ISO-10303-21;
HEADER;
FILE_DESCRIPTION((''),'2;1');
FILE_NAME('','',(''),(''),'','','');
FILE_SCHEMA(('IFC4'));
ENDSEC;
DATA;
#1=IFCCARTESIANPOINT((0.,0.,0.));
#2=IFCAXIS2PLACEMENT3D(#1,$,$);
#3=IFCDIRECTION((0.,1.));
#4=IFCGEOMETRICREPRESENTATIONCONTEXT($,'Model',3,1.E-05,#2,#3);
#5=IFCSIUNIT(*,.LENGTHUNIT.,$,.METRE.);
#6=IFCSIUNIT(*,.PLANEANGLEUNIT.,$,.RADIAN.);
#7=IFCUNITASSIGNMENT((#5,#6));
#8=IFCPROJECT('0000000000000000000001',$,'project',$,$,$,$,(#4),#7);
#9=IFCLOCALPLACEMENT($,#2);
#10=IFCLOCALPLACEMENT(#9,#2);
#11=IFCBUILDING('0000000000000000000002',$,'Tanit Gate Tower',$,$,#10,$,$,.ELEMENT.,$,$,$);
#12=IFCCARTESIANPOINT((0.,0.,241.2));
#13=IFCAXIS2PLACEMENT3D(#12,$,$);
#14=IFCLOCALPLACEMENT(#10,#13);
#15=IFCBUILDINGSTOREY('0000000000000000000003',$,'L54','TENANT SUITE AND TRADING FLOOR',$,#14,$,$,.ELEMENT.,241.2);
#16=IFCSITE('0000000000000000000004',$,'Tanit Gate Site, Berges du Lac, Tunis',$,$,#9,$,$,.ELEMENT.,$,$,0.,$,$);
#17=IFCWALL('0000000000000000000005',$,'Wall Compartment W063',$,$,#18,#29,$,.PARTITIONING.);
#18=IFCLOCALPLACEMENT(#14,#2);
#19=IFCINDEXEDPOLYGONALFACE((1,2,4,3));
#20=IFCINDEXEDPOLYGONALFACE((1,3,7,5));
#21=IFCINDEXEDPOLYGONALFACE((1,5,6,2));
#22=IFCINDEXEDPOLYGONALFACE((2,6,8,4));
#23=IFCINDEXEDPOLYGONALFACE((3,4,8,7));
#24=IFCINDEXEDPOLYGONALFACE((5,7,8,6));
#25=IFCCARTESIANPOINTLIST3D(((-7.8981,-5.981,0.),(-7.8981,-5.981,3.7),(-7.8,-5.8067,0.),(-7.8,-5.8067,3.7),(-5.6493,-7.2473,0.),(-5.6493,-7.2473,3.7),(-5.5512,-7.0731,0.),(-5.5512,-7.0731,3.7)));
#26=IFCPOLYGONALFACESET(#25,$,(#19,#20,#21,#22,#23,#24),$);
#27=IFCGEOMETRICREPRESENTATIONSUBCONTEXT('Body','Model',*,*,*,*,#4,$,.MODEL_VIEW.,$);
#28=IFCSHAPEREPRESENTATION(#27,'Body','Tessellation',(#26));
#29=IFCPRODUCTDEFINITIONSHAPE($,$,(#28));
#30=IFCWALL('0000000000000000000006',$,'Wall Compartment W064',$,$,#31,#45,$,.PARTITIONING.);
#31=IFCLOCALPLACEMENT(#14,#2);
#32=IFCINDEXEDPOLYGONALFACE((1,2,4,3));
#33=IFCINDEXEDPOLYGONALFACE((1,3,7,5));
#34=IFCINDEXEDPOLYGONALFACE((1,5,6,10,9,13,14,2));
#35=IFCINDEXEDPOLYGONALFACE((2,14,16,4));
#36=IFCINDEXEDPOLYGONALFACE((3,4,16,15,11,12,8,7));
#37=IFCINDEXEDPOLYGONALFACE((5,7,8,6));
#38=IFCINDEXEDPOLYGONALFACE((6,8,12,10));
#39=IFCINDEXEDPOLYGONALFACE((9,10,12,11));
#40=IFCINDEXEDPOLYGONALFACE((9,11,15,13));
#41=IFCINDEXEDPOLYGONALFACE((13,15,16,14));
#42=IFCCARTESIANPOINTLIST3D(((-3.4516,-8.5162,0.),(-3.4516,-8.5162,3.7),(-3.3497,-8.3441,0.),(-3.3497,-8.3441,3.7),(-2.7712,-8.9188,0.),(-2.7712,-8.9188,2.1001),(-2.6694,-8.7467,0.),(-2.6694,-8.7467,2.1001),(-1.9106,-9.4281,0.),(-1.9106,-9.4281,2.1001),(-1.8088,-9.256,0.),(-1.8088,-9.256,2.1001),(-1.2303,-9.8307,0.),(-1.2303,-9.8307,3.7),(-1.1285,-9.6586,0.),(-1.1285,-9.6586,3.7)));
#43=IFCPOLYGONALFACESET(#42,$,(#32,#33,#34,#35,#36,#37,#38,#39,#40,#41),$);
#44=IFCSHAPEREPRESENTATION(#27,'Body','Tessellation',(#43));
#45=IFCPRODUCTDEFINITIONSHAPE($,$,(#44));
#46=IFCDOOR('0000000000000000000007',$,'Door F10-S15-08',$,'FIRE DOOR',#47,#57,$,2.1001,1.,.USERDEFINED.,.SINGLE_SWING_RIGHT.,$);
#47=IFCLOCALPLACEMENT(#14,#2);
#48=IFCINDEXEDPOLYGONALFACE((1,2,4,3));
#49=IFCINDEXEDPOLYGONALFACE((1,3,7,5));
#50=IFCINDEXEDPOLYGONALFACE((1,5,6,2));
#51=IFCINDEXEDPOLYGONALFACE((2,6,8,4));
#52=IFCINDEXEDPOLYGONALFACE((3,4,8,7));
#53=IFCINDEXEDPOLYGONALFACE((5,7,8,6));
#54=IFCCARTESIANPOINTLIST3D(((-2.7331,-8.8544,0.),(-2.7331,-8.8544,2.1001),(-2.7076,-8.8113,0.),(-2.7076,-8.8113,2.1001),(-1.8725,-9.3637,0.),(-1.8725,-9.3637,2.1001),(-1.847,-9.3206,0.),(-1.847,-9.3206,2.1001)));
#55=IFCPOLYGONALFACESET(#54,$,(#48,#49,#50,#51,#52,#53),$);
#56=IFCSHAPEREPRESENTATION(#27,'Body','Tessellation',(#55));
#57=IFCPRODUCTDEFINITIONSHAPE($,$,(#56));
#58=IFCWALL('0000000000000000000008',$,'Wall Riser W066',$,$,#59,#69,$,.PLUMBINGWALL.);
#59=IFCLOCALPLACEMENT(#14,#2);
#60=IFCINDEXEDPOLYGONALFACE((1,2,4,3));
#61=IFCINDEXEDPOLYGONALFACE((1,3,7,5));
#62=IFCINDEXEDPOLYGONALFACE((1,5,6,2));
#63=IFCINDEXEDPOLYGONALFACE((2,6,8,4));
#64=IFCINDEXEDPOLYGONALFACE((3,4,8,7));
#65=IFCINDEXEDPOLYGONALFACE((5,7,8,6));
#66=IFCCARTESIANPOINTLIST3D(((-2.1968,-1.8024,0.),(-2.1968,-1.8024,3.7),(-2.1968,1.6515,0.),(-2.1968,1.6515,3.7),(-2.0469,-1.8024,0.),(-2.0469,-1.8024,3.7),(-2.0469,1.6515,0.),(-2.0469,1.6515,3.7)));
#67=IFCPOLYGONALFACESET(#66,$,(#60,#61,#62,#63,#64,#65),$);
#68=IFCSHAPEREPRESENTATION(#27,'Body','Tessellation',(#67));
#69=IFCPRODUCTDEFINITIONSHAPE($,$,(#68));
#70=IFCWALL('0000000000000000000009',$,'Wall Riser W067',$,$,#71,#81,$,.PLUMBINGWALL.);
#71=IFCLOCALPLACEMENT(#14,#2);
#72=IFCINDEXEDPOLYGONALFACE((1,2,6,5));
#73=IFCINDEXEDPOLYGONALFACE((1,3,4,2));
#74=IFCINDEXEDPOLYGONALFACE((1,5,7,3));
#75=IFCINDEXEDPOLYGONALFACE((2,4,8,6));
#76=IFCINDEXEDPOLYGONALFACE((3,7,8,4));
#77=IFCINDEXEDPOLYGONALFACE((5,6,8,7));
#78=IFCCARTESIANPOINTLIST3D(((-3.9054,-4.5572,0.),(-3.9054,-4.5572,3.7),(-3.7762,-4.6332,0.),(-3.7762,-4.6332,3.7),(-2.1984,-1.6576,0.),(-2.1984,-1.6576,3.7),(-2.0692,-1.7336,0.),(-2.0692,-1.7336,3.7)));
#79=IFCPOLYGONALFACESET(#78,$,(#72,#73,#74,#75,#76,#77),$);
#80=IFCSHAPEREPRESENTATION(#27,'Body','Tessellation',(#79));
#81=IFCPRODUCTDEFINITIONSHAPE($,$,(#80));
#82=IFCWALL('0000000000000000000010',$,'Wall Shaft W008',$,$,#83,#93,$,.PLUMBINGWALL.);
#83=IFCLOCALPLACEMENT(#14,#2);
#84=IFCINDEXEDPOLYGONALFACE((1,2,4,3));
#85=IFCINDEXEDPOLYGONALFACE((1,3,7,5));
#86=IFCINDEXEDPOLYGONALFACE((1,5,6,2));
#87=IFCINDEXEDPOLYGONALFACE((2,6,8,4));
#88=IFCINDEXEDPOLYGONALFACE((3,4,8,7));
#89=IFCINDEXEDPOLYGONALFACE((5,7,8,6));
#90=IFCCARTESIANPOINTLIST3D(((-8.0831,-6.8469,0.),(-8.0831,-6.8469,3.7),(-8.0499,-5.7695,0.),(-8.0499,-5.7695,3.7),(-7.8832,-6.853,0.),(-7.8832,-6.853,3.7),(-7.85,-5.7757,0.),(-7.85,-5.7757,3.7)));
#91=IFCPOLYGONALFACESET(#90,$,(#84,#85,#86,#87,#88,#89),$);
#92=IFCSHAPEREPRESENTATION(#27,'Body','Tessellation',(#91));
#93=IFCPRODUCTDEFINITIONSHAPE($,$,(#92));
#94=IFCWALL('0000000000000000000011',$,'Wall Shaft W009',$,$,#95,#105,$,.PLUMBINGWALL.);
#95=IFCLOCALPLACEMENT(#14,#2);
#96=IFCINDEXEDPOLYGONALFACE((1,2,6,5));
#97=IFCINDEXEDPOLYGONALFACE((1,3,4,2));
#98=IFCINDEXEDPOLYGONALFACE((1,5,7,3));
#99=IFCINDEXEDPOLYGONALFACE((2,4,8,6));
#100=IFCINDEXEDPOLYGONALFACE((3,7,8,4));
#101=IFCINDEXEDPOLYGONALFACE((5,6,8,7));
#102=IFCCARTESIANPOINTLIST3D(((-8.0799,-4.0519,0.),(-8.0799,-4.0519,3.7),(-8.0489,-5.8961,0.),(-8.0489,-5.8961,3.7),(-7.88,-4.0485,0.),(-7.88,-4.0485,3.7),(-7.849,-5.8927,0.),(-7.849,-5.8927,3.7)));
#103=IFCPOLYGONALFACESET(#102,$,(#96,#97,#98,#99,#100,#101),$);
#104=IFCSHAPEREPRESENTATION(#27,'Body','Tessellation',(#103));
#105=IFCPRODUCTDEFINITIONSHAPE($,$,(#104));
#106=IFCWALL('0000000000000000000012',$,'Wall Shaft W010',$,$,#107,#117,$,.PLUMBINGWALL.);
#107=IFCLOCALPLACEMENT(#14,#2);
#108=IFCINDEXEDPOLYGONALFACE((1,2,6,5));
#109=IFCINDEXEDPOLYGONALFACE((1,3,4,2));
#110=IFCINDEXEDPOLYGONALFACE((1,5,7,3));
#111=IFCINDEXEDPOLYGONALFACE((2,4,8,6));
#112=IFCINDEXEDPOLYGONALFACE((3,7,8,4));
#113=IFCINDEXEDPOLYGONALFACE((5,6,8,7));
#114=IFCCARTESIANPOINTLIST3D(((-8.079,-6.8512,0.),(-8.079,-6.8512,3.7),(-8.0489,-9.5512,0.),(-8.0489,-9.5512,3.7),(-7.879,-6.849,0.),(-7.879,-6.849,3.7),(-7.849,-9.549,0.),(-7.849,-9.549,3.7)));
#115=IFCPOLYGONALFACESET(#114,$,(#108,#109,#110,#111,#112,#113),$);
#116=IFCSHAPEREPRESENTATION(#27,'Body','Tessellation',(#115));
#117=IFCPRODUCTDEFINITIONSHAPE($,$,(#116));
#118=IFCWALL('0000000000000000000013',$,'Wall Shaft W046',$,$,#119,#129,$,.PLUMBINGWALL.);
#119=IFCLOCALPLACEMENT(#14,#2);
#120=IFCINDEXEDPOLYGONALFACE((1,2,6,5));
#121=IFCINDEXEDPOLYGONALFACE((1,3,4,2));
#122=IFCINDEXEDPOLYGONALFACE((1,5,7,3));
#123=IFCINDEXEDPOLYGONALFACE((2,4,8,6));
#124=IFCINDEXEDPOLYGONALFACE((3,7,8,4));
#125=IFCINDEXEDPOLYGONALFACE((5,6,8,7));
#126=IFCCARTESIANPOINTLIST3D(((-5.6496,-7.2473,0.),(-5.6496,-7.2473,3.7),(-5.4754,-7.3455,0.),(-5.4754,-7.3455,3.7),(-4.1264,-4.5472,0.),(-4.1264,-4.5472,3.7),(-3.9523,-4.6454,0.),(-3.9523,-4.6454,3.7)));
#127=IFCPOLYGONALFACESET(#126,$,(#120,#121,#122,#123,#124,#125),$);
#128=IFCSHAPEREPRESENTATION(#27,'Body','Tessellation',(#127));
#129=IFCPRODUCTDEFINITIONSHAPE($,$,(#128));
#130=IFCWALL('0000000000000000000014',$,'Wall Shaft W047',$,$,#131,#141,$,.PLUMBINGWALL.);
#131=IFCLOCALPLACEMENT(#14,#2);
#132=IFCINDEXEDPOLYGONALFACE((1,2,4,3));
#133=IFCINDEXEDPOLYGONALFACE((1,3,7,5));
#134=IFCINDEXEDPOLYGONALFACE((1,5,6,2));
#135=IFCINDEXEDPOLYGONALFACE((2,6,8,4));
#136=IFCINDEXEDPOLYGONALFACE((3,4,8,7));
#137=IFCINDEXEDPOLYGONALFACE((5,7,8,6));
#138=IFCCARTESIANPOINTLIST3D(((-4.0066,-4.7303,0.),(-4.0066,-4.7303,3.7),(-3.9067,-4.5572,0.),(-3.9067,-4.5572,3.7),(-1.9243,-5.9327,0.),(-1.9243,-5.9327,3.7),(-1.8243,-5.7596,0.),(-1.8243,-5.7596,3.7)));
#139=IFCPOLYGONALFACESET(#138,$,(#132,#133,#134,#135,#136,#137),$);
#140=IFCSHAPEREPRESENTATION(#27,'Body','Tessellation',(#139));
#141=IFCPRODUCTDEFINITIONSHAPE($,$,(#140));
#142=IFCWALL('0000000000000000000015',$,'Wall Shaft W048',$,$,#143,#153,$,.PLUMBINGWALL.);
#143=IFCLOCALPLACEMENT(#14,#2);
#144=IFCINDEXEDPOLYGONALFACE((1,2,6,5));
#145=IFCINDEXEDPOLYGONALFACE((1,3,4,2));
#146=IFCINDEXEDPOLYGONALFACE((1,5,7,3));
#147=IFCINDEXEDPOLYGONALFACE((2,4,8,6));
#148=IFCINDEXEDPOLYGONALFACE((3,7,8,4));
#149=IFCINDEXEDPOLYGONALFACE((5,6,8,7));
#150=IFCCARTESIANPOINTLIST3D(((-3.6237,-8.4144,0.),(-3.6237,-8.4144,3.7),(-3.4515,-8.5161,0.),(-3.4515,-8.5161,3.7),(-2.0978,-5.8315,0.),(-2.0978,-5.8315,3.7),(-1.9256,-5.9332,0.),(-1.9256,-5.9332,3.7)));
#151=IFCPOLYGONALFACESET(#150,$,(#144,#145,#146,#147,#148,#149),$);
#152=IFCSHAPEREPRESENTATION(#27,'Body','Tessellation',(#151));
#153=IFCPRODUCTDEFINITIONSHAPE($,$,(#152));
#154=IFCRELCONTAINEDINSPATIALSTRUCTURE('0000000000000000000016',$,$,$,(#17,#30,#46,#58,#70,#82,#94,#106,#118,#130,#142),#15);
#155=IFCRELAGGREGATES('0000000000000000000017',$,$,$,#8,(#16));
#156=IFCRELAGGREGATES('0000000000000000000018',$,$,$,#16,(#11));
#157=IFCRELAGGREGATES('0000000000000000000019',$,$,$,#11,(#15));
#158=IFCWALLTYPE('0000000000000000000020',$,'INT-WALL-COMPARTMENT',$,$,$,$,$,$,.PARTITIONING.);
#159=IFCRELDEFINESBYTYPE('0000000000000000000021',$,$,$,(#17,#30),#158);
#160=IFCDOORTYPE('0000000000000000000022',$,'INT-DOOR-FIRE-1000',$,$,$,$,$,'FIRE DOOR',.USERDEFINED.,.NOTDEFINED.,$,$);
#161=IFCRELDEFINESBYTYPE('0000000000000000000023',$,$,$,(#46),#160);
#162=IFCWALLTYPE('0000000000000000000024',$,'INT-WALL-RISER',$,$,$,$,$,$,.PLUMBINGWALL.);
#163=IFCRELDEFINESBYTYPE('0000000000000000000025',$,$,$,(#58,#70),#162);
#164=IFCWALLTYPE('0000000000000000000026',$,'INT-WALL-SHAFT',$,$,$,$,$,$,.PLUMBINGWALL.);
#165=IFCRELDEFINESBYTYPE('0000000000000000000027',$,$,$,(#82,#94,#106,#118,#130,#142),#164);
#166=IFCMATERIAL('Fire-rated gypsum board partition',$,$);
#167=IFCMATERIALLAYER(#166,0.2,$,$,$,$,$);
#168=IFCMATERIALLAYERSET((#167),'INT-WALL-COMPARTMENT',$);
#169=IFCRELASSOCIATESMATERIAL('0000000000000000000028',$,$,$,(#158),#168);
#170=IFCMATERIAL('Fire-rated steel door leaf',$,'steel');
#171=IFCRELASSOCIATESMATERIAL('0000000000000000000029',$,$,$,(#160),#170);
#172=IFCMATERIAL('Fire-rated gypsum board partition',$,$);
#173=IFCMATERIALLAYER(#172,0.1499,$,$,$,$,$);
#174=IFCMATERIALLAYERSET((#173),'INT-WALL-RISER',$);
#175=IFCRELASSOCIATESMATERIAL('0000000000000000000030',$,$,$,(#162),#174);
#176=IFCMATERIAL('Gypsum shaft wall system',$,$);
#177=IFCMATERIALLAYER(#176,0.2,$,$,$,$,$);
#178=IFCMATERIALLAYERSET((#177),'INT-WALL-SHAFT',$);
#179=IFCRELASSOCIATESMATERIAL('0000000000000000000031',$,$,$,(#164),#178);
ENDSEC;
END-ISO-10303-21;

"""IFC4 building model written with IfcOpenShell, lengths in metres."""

from ifc_helpers import new_model, si_unit, direction, frame, frame_2d, origin, place, context, subcontext, project, spatial, rectangle, extrude, material, layer, layer_set, type_object, element, fill, save


model = new_model("IFC4")

# Units and contexts
model_context = context("Model", 3, precision=1e-05, world=origin(), true_north=direction((0.0, 1.0)))
body_context = subcontext(model_context, "Body", "Model", "MODEL_VIEW")
ifc_project = project(units=[si_unit("LENGTHUNIT", "METRE"), si_unit("PLANEANGLEUNIT", "RADIAN")], contexts=[model_context])

# Site, building, storey
site_placement = place(None, origin())
site = spatial("IfcSite", under=ifc_project, at=site_placement, Name="Tanit Gate Site, Berges du Lac, Tunis", CompositionType="ELEMENT", RefElevation=0.0)
building_placement = place(site_placement, origin())
building = spatial("IfcBuilding", under=site, at=building_placement, Name="Tanit Gate Tower", CompositionType="ELEMENT")
storey_placement = place(building_placement, frame((0.0, 0.0, 241.2)))
storey = spatial("IfcBuildingStorey", under=building, at=storey_placement, Name="L54", Description="TENANT SUITE AND TRADING FLOOR", CompositionType="ELEMENT", Elevation=241.2)

# Wall
ifc_material_1 = material(Name="Fire-rated gypsum board partition")
ifc_layer_1 = layer(ifc_material_1, 0.2)
ifc_layer_set_1 = layer_set([ifc_layer_1], Name="INT-WALL-COMPARTMENT")
wall_type_1 = type_object("IfcWallType", Name="INT-WALL-COMPARTMENT", PredefinedType="PARTITIONING", material=ifc_layer_set_1)
wall_1_placement = place(storey_placement, frame((-7.8491, -5.8938, 0.0), z_axis=(0.0, 0.0, 1.0), x_axis=(0.87134, -0.490679, 0.0)))
element("IfcWall", 1, at=wall_1_placement, inside=storey, type_object=wall_type_1, Name="Wall Compartment W063", PredefinedType="PARTITIONING", context=body_context, shape_type="SweptSolid", body=[
    extrude(rectangle(XDim=2.5808, YDim=0.2, at=frame_2d((1.2905, 0.0))), origin(), (0.0, 0.0, 1.0), 3.7),
])

# Wall, opening, door
wall_2_placement = place(storey_placement, frame((-3.4006, -8.4302, 0.0), z_axis=(0.0, 0.0, 1.0), x_axis=(0.860599, -0.509284, 0.0)))
wall_2 = element("IfcWall", 2, at=wall_2_placement, inside=storey, type_object=wall_type_1, Name="Wall Compartment W064", PredefinedType="PARTITIONING", context=body_context, shape_type="SweptSolid", body=[
    extrude(rectangle(XDim=2.5811, YDim=0.2, at=frame_2d((1.2905, 0.0))), origin(), (0.0, 0.0, 1.0), 3.7),
])
opening_1_placement = place(wall_2_placement, frame((0.7905, 0.0, 0.0)))
opening_1 = element("IfcOpeningElement", 3, at=opening_1_placement, cuts=wall_2, PredefinedType="OPENING", context=body_context, shape_type="SweptSolid", body=[
    extrude(rectangle(XDim=1.0, YDim=2.1001, at=frame_2d((0.5, 1.05))), frame((0.0, 0.1099, 0.0), z_axis=(0.0, -1.0, 0.0), x_axis=(1.0, 0.0, 0.0)), (0.0, 0.0, 1.0), 0.22),
])
ifc_material_2 = material(Name="Fire-rated steel door leaf", Category="steel")
door_type_1 = type_object("IfcDoorType", Name="INT-DOOR-FIRE-1000", ElementType="FIRE DOOR", OperationType="NOTDEFINED", PredefinedType="USERDEFINED", material=ifc_material_2)
door_1_placement = place(opening_1_placement, origin())
door_1 = element("IfcDoor", 4, at=door_1_placement, inside=storey, type_object=door_type_1, Name="Door F10-S15-08", ObjectType="FIRE DOOR", OperationType="SINGLE_SWING_RIGHT", OverallHeight=2.1001, OverallWidth=1.0, PredefinedType="USERDEFINED", context=body_context, shape_type="SweptSolid", body=[
    extrude(rectangle(XDim=1.0, YDim=2.1001, at=frame_2d((0.5, 1.05))), frame((0.0, 0.0249, 0.0), z_axis=(0.0, -1.0, 0.0), x_axis=(1.0, 0.0, 0.0)), (0.0, 0.0, 1.0), 0.05),
])
fill(opening_1, door_1)

# Walls
ifc_material_3 = material(Name="Fire-rated gypsum board partition")
ifc_layer_2 = layer(ifc_material_3, 0.1499)
ifc_layer_set_2 = layer_set([ifc_layer_2], Name="INT-WALL-RISER")
wall_type_2 = type_object("IfcWallType", Name="INT-WALL-RISER", PredefinedType="PLUMBINGWALL", material=ifc_layer_set_2)
wall_3_placement = place(storey_placement, frame((-2.1218, -1.8025, 0.0), z_axis=(0.0, 0.0, 1.0), x_axis=(0.0, 1.0, 0.0)))
element("IfcWall", 5, at=wall_3_placement, inside=storey, type_object=wall_type_2, Name="Wall Riser W066", PredefinedType="PLUMBINGWALL", context=body_context, shape_type="SweptSolid", body=[
    extrude(rectangle(XDim=3.4539, YDim=0.1499, at=frame_2d((1.7271, 0.0))), origin(), (0.0, 0.0, 1.0), 3.7),
])
wall_4_placement = place(storey_placement, frame((-3.8408, -4.5952, 0.0), z_axis=(0.0, 0.0, 1.0), x_axis=(0.507318, 0.861759, 0.0)))
element("IfcWall", 6, at=wall_4_placement, inside=storey, type_object=wall_type_2, Name="Wall Riser W067", PredefinedType="PLUMBINGWALL", context=body_context, shape_type="SweptSolid", body=[
    extrude(rectangle(XDim=3.3647, YDim=0.1499, at=frame_2d((1.6824, 0.0))), origin(), (0.0, 0.0, 1.0), 3.7),
])
ifc_material_4 = material(Name="Gypsum shaft wall system")
ifc_layer_3 = layer(ifc_material_4, 0.2)
ifc_layer_set_3 = layer_set([ifc_layer_3], Name="INT-WALL-SHAFT")
wall_type_3 = type_object("IfcWallType", Name="INT-WALL-SHAFT", PredefinedType="PLUMBINGWALL", material=ifc_layer_set_3)
wall_5_placement = place(storey_placement, frame((-7.95, -5.7725, 0.0), z_axis=(0.0, 0.0, 1.0), x_axis=(-0.030803, -0.999525, 0.0)))
element("IfcWall", 7, at=wall_5_placement, inside=storey, type_object=wall_type_3, Name="Wall Shaft W008", PredefinedType="PLUMBINGWALL", context=body_context, shape_type="SweptSolid", body=[
    extrude(rectangle(XDim=1.0779, YDim=0.2, at=frame_2d((0.5391, 0.0))), origin(), (0.0, 0.0, 1.0), 3.7),
])
wall_6_placement = place(storey_placement, frame((-7.98, -4.05, 0.0), z_axis=(0.0, 0.0, 1.0), x_axis=(0.01681, -0.999859, 0.0)))
element("IfcWall", 8, at=wall_6_placement, inside=storey, type_object=wall_type_3, Name="Wall Shaft W009", PredefinedType="PLUMBINGWALL", context=body_context, shape_type="SweptSolid", body=[
    extrude(rectangle(XDim=1.8445, YDim=0.2, at=frame_2d((0.9224, 0.0))), origin(), (0.0, 0.0, 1.0), 3.7),
])
wall_7_placement = place(storey_placement, frame((-7.979, -6.8501, 0.0), z_axis=(0.0, 0.0, 1.0), x_axis=(0.011121, -0.999938, 0.0)))
element("IfcWall", 9, at=wall_7_placement, inside=storey, type_object=wall_type_3, Name="Wall Shaft W010", PredefinedType="PLUMBINGWALL", context=body_context, shape_type="SweptSolid", body=[
    extrude(rectangle(XDim=2.7002, YDim=0.2, at=frame_2d((1.3501, 0.0))), origin(), (0.0, 0.0, 1.0), 3.7),
])

# Walls
wall_8_placement = place(storey_placement, frame((-5.5625, -7.2964, 0.0), z_axis=(0.0, 0.0, 1.0), x_axis=(0.491323, 0.870978, 0.0)))
element("IfcWall", 10, at=wall_8_placement, inside=storey, type_object=wall_type_3, Name="Wall Shaft W046", PredefinedType="PLUMBINGWALL", context=body_context, shape_type="SweptSolid", body=[
    extrude(rectangle(XDim=3.1001, YDim=0.2, at=frame_2d((1.55, 0.0))), origin(), (0.0, 0.0, 1.0), 3.7),
])
wall_9_placement = place(storey_placement, frame((-3.9565, -4.6438, 0.0), z_axis=(0.0, 0.0, 1.0), x_axis=(0.865991, -0.500059, 0.0)))
element("IfcWall", 11, at=wall_9_placement, inside=storey, type_object=wall_type_3, Name="Wall Shaft W047", PredefinedType="PLUMBINGWALL", context=body_context, shape_type="SweptSolid", body=[
    extrude(rectangle(XDim=2.4045, YDim=0.2, at=frame_2d((1.2021, 0.0))), origin(), (0.0, 0.0, 1.0), 3.7),
])
wall_10_placement = place(storey_placement, frame((-2.0117, -5.8823, 0.0), z_axis=(0.0, 0.0, 1.0), x_axis=(-0.50862, -0.860991, 0.0)))
element("IfcWall", 12, at=wall_10_placement, inside=storey, type_object=wall_type_3, Name="Wall Shaft W048", PredefinedType="PLUMBINGWALL", context=body_context, shape_type="SweptSolid", body=[
    extrude(rectangle(XDim=3.0, YDim=0.2, at=frame_2d((1.5, 0.0))), origin(), (0.0, 0.0, 1.0), 3.7),
])

save(model, "model.ifc")
